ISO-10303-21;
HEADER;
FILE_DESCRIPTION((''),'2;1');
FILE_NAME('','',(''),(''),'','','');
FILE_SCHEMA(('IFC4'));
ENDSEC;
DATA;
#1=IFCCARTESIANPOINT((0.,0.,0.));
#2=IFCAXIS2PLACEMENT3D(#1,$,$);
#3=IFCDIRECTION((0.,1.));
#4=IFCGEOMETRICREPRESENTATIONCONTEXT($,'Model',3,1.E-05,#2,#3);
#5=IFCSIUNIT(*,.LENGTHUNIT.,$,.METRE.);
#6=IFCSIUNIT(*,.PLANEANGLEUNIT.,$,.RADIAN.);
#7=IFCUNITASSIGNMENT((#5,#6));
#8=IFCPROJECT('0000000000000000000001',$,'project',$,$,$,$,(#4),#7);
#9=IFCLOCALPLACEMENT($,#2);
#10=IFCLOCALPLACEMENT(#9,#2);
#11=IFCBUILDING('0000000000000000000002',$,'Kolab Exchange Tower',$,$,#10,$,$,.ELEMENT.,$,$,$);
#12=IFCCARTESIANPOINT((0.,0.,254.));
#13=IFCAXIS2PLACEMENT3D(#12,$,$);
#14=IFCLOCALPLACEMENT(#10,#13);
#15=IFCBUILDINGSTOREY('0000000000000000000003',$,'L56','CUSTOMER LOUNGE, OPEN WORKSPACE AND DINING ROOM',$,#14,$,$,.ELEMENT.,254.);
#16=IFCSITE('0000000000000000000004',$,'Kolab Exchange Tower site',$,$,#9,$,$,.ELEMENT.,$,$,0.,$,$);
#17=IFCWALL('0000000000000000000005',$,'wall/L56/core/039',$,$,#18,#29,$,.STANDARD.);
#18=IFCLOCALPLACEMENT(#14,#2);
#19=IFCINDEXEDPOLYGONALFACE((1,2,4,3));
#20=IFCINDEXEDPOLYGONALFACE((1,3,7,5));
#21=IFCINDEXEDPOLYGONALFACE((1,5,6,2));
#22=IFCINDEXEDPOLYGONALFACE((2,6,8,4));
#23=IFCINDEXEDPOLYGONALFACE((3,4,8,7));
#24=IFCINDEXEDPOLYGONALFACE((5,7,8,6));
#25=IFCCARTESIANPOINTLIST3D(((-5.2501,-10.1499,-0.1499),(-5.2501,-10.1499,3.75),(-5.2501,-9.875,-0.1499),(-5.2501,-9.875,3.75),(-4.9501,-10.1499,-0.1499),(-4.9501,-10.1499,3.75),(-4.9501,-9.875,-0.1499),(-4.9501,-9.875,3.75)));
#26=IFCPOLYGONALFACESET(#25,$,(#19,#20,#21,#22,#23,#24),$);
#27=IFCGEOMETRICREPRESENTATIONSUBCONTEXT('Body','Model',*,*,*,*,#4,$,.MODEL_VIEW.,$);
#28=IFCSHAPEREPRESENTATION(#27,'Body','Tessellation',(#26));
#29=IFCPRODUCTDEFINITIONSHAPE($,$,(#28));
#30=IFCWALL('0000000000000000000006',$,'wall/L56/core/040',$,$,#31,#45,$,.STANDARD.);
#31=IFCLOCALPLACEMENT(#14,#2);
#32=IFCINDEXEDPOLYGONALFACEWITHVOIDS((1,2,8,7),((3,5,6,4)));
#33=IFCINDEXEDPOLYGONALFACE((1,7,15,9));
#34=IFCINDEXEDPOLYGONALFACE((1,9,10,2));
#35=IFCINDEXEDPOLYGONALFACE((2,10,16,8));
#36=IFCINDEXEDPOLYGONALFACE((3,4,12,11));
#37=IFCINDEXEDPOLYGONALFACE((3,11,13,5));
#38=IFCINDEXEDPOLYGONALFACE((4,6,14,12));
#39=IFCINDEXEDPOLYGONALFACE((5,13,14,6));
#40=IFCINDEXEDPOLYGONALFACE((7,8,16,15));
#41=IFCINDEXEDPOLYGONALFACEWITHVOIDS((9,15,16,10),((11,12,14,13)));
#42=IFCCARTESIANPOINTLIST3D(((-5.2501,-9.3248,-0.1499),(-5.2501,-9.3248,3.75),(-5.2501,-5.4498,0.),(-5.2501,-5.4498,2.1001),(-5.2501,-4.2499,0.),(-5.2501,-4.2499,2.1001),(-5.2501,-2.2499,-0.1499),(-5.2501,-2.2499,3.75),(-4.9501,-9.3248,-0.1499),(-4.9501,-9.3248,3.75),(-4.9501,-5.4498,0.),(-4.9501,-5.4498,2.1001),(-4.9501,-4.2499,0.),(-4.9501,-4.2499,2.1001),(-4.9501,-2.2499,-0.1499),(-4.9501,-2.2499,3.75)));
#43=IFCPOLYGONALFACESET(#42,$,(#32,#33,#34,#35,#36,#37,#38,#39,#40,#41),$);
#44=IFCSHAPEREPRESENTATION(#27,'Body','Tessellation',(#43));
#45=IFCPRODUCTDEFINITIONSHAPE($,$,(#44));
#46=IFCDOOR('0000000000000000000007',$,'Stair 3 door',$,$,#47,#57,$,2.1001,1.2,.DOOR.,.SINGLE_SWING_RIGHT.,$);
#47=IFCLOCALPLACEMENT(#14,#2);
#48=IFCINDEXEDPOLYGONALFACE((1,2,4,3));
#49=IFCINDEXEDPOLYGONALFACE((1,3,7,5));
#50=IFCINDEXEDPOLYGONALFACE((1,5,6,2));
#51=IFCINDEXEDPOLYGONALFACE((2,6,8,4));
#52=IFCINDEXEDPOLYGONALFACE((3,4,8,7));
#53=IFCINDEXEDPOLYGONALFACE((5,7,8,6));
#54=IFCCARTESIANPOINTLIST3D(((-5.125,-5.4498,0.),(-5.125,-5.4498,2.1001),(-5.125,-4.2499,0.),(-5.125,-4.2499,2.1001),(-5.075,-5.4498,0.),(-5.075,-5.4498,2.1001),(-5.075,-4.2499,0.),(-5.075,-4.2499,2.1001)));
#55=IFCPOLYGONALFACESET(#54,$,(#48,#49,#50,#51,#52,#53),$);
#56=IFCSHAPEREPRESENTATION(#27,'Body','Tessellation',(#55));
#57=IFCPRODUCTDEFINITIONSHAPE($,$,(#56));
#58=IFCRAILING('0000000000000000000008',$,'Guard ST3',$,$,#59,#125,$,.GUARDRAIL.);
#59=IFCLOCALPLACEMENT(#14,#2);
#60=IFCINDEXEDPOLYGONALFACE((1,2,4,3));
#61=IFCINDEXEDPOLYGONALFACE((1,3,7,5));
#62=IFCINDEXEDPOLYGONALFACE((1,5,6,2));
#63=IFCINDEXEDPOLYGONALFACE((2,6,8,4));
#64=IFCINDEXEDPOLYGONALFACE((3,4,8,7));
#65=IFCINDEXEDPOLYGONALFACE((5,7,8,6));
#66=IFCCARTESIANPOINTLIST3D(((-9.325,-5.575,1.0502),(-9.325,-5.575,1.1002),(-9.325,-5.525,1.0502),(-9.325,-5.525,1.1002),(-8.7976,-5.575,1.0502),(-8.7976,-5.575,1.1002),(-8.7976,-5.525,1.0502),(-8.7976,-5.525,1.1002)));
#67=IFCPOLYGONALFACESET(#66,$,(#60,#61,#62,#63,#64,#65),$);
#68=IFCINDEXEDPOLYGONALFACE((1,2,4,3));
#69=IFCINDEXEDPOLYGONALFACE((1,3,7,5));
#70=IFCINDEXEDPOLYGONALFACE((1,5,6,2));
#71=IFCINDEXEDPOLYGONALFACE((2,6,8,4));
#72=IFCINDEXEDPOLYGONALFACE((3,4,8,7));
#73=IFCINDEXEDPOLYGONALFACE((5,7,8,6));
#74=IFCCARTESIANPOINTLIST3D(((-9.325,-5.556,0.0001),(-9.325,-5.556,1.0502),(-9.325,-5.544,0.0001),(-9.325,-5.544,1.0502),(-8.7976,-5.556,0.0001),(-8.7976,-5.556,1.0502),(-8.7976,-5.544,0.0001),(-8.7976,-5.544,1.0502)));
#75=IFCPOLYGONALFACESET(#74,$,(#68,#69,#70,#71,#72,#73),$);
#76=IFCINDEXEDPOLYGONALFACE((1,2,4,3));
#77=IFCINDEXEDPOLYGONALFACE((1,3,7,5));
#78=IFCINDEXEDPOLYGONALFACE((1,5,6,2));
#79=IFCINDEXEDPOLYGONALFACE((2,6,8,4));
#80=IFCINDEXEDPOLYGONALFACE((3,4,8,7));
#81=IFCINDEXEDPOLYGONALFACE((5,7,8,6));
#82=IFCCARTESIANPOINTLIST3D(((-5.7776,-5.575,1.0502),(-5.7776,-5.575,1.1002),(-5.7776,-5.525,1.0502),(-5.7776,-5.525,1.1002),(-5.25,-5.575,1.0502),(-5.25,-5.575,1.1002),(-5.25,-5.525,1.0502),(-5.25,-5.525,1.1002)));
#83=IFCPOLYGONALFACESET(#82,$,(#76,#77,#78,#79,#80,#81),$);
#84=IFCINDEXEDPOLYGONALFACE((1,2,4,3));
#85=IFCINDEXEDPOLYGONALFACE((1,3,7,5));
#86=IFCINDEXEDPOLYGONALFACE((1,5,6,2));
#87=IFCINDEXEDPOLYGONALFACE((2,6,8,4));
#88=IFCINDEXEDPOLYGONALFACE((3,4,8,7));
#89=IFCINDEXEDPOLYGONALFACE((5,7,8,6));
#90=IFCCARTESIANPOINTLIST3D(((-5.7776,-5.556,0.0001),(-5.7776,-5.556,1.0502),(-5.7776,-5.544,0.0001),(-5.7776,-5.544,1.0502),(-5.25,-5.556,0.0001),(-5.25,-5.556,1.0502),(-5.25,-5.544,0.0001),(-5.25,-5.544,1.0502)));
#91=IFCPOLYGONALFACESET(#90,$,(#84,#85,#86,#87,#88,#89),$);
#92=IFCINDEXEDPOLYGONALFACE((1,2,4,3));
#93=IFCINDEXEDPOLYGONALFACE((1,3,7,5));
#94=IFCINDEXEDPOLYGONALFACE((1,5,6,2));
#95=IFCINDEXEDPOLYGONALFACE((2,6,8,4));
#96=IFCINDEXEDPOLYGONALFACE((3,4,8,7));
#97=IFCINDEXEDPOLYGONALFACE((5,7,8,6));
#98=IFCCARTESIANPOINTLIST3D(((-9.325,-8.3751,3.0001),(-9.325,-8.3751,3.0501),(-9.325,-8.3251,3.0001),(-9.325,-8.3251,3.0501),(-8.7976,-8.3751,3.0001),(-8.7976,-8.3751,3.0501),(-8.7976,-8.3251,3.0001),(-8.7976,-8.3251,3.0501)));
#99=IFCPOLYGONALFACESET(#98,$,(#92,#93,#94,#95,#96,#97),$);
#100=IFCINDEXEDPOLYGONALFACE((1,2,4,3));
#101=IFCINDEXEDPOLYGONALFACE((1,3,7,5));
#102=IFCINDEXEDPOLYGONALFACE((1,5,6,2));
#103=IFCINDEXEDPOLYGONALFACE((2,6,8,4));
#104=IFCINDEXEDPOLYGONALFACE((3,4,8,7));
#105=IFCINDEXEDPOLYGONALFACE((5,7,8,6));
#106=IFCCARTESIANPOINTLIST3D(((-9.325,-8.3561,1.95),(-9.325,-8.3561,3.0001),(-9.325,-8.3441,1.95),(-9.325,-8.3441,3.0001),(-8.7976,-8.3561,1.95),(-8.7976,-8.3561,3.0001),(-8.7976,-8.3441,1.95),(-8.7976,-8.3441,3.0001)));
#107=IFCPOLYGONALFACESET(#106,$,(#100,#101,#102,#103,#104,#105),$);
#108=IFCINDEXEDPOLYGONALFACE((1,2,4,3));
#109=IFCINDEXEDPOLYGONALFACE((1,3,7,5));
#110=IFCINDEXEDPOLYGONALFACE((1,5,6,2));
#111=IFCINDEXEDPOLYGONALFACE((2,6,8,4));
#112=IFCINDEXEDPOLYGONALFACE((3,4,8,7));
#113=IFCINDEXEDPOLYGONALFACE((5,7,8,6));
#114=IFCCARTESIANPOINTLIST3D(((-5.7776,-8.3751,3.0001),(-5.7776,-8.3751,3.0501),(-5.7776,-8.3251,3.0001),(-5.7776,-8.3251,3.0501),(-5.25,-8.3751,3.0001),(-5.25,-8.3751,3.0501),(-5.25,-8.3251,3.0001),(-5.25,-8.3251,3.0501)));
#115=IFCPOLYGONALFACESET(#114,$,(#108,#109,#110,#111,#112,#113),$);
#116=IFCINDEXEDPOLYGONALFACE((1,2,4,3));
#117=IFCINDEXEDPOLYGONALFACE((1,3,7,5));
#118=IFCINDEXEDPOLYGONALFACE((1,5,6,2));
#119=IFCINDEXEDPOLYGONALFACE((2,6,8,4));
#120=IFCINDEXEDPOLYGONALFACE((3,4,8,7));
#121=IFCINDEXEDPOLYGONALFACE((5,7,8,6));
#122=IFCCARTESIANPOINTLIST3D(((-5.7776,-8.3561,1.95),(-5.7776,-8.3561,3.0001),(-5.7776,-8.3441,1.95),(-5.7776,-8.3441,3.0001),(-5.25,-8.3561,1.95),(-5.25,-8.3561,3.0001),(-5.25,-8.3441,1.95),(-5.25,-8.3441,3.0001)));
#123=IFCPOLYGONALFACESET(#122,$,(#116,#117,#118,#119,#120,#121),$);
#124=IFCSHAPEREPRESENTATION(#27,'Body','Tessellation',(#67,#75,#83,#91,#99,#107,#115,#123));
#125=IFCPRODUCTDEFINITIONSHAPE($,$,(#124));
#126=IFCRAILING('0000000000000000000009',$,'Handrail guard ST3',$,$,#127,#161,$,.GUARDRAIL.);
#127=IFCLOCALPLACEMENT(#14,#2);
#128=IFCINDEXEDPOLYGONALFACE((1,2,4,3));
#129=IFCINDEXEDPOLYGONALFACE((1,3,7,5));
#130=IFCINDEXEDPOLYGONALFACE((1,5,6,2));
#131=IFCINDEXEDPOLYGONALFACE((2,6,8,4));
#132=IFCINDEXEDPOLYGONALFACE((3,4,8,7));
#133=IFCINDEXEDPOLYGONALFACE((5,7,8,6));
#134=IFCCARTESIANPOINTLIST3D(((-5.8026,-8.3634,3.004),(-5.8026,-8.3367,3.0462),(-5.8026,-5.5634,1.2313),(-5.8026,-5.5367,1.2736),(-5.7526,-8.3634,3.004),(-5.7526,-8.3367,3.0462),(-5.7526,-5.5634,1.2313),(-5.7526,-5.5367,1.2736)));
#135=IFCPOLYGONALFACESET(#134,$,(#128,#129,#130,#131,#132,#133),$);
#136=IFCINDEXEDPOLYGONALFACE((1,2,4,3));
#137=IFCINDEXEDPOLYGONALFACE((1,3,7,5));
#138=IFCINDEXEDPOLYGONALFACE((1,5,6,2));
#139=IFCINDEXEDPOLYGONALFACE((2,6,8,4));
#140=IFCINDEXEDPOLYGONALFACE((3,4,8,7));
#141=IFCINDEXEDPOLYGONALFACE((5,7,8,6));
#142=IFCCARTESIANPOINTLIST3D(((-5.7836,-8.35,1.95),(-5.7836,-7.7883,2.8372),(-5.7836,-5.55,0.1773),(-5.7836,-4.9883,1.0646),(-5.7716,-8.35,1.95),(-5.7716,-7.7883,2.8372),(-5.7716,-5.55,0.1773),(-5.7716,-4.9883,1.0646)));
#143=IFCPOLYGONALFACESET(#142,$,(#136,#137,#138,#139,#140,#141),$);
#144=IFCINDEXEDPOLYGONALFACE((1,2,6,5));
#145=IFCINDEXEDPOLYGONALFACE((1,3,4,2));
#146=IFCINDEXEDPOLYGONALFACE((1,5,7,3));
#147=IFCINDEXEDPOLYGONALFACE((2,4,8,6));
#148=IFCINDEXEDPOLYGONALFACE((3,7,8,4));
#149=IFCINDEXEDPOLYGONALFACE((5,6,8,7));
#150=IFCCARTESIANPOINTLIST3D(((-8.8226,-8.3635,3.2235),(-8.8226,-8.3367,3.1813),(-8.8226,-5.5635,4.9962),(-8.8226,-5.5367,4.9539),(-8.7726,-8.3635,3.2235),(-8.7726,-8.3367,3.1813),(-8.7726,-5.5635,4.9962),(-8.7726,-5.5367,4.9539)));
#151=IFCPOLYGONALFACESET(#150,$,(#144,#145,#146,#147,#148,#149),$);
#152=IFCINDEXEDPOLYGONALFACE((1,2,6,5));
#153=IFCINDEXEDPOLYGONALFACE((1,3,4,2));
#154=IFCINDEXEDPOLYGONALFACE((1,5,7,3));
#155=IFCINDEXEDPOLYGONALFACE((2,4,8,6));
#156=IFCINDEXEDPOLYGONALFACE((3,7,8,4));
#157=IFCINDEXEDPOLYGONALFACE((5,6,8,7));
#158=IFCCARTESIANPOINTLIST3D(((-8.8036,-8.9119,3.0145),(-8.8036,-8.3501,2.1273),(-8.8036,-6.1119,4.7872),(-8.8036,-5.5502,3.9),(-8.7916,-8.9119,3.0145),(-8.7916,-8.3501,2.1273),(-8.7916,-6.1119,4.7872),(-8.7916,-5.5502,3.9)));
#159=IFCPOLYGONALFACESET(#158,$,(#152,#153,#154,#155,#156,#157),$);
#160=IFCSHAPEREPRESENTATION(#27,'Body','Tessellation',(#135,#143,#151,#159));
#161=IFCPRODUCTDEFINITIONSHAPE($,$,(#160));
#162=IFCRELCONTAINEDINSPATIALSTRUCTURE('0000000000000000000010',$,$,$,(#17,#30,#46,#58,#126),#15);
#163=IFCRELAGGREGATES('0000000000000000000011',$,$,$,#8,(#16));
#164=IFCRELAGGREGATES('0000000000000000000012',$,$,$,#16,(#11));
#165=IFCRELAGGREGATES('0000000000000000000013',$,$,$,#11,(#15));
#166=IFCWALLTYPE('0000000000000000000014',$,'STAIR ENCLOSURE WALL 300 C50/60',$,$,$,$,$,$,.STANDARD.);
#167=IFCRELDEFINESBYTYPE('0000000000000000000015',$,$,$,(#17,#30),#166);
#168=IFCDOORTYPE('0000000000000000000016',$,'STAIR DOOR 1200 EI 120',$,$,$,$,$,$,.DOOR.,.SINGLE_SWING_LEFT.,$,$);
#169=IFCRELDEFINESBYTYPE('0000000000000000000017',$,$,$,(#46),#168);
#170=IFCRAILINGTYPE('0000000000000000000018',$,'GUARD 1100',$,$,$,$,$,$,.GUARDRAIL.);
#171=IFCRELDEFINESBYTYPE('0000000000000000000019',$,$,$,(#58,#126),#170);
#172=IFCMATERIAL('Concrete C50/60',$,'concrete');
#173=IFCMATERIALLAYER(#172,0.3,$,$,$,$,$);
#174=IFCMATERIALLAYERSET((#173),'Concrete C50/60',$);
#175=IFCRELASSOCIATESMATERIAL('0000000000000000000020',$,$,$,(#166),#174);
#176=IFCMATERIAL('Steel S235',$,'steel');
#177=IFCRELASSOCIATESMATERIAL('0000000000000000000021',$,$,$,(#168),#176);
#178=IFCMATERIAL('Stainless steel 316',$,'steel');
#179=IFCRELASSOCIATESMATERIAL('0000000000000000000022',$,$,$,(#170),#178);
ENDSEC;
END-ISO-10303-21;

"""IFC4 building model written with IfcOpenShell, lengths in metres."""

from ifc_helpers import new_model, si_unit, direction, frame, frame_2d, origin, origin_2d, place, context, subcontext, project, spatial, rectangle, extrude, material, layer, layer_set, type_object, element, fill, save


model = new_model("IFC4")

# Units and contexts
model_context = context("Model", 3, precision=1e-05, world=origin(), true_north=direction((0.0, 1.0)))
body_context = subcontext(model_context, "Body", "Model", "MODEL_VIEW")
ifc_project = project(units=[si_unit("LENGTHUNIT", "METRE"), si_unit("PLANEANGLEUNIT", "RADIAN")], contexts=[model_context])

# Site, building, storey
site_placement = place(None, origin())
site = spatial("IfcSite", under=ifc_project, at=site_placement, Name="Kolab Exchange Tower site", CompositionType="ELEMENT", RefElevation=0.0)
building_placement = place(site_placement, origin())
building = spatial("IfcBuilding", under=site, at=building_placement, Name="Kolab Exchange Tower", CompositionType="ELEMENT")
storey_placement = place(building_placement, frame((0.0, 0.0, 254.0)))
storey = spatial("IfcBuildingStorey", under=building, at=storey_placement, Name="L56", Description="CUSTOMER LOUNGE, OPEN WORKSPACE AND DINING ROOM", CompositionType="ELEMENT", Elevation=254.0)

# Shared definitions
ifc_material_1 = material(Name="Concrete C50/60", Category="concrete")
ifc_material_2 = material(Name="Steel S235", Category="steel")

# Shared definitions
ifc_material_3 = material(Name="Stainless steel 316", Category="steel")

# Wall
ifc_layer_1 = layer(ifc_material_1, 0.3)
ifc_layer_set_1 = layer_set([ifc_layer_1], Name="Concrete C50/60")
wall_type_1 = type_object("IfcWallType", Name="STAIR ENCLOSURE WALL 300 C50/60", PredefinedType="STANDARD", material=ifc_layer_set_1)
wall_1_placement = place(storey_placement, frame((-5.1001, -10.1499, -0.1499), z_axis=(0.0, 0.0, 1.0), x_axis=(0.0, 1.0, 0.0)))
element("IfcWall", 1, at=wall_1_placement, inside=storey, type_object=wall_type_1, Name="wall/L56/core/039", PredefinedType="STANDARD", context=body_context, shape_type="SweptSolid", body=[
    extrude(rectangle(XDim=0.2749, YDim=0.3, at=frame_2d((0.1375, 0.0))), origin(), (0.0, 0.0, 1.0), 3.8999),
])

# Wall, opening, door
wall_2_placement = place(storey_placement, frame((-5.1001, -9.325, -0.1499), z_axis=(0.0, 0.0, 1.0), x_axis=(0.0, 1.0, 0.0)))
wall_2 = element("IfcWall", 2, at=wall_2_placement, inside=storey, type_object=wall_type_1, Name="wall/L56/core/040", PredefinedType="STANDARD", context=body_context, shape_type="SweptSolid", body=[
    extrude(rectangle(XDim=7.075, YDim=0.3, at=frame_2d((3.5376, 0.0))), origin(), (0.0, 0.0, 1.0), 3.8999),
])
opening_1_placement = place(wall_2_placement, frame((3.875, 0.0, 0.1499)))
opening_1 = element("IfcOpeningElement", 3, at=opening_1_placement, cuts=wall_2, PredefinedType="OPENING", context=body_context, shape_type="SweptSolid", body=[
    extrude(rectangle(XDim=1.2, YDim=2.1001, at=frame_2d((0.6001, 1.05))), frame((0.0, 0.1602, 0.0), z_axis=(0.0, -1.0, 0.0), x_axis=(1.0, 0.0, 0.0)), (0.0, 0.0, 1.0), 0.3201),
])
door_type_1 = type_object("IfcDoorType", Name="STAIR DOOR 1200 EI 120", OperationType="SINGLE_SWING_LEFT", PredefinedType="DOOR", material=ifc_material_2)
door_1_placement = place(opening_1_placement, origin())
door_1 = element("IfcDoor", 4, at=door_1_placement, inside=storey, type_object=door_type_1, Name="Stair 3 door", OperationType="SINGLE_SWING_RIGHT", OverallHeight=2.1001, OverallWidth=1.2, PredefinedType="DOOR", context=body_context, shape_type="SweptSolid", body=[
    extrude(rectangle(XDim=1.2, YDim=2.1001, at=frame_2d((0.6001, 1.05))), frame((0.0, 0.0249, 0.0), z_axis=(0.0, -1.0, 0.0), x_axis=(1.0, 0.0, 0.0)), (0.0, 0.0, 1.0), 0.05),
])
fill(opening_1, door_1)

# Railings
railing_type = type_object("IfcRailingType", Name="GUARD 1100", PredefinedType="GUARDRAIL", material=ifc_material_3)
railing_1_placement = place(storey_placement, frame((-9.325, -5.55, 0.0)))
element("IfcRailing", 5, at=railing_1_placement, inside=storey, type_object=railing_type, Name="Guard ST3", PredefinedType="GUARDRAIL", context=body_context, shape_type="SweptSolid", body=[
    extrude(rectangle(XDim=0.05, YDim=0.05, at=origin_2d()), frame((0.0, 0.0, 1.0752), z_axis=(1.0, 0.0, 0.0), x_axis=(0.0, 1.0, 0.0)), (0.0, 0.0, 1.0), 0.5273),
    extrude(rectangle(XDim=0.012, YDim=1.0501, at=frame_2d((0.0, 0.5251))), frame((0.0, 0.0, 0.0), z_axis=(1.0, 0.0, 0.0), x_axis=(0.0, 1.0, 0.0)), (0.0, 0.0, 1.0), 0.5273),
    extrude(rectangle(XDim=0.05, YDim=0.05, at=origin_2d()), frame((3.5474, 0.0, 1.0752), z_axis=(1.0, 0.0, 0.0), x_axis=(0.0, 1.0, 0.0)), (0.0, 0.0, 1.0), 0.5276),
    extrude(rectangle(XDim=0.012, YDim=1.0501, at=frame_2d((0.0, 0.5251))), frame((3.5474, 0.0, 0.0), z_axis=(1.0, 0.0, 0.0), x_axis=(0.0, 1.0, 0.0)), (0.0, 0.0, 1.0), 0.5276),
    extrude(rectangle(XDim=0.05, YDim=0.05, at=origin_2d()), frame((0.0, -2.8, 3.0251), z_axis=(1.0, 0.0, 0.0), x_axis=(0.0, 1.0, 0.0)), (0.0, 0.0, 1.0), 0.5273),
    extrude(rectangle(XDim=0.012, YDim=1.0501, at=frame_2d((0.0, 0.5251))), frame((0.0, -2.8, 1.95), z_axis=(1.0, 0.0, 0.0), x_axis=(0.0, 1.0, 0.0)), (0.0, 0.0, 1.0), 0.5273),
    extrude(rectangle(XDim=0.05, YDim=0.05, at=origin_2d()), frame((3.5474, -2.8, 3.0251), z_axis=(1.0, 0.0, 0.0), x_axis=(0.0, 1.0, 0.0)), (0.0, 0.0, 1.0), 0.5276),
    extrude(rectangle(XDim=0.012, YDim=1.0501, at=frame_2d((0.0, 0.5251))), frame((3.5474, -2.8, 1.95), z_axis=(1.0, 0.0, 0.0), x_axis=(0.0, 1.0, 0.0)), (0.0, 0.0, 1.0), 0.5276),
])
railing_2_placement = place(storey_placement, frame((-5.7776, -5.55, 0.1772)))
element("IfcRailing", 6, at=railing_2_placement, inside=storey, type_object=railing_type, Name="Handrail guard ST3", PredefinedType="GUARDRAIL", context=body_context, shape_type="SweptSolid", body=[
    extrude(rectangle(XDim=0.05, YDim=0.05, at=origin_2d()), frame((0.0, 0.0, 1.0752), z_axis=(0.0, -0.844909, 0.53491), x_axis=(1.0, 0.0, 0.0)), (0.0, 0.0, 1.0), 3.314),
    extrude(rectangle(XDim=0.012, YDim=1.0501, at=frame_2d((0.0, 0.5251))), frame((0.0, 0.0, 0.0), z_axis=(0.0, -0.844909, 0.53491), x_axis=(1.0, 0.0, 0.0)), (0.0, 0.0, 1.0), 3.314),
    extrude(rectangle(XDim=0.05, YDim=0.05, at=origin_2d()), frame((-3.02, -2.8, 3.0251), z_axis=(0.0, 0.844909, 0.53491), x_axis=(-1.0, 0.0, 0.0)), (0.0, 0.0, 1.0), 3.314),
    extrude(rectangle(XDim=0.012, YDim=1.0501, at=frame_2d((0.0, 0.5251))), frame((-3.02, -2.8, 1.95), z_axis=(0.0, 0.844909, 0.53491), x_axis=(-1.0, 0.0, 0.0)), (0.0, 0.0, 1.0), 3.314),
])

save(model, "model.ifc")
